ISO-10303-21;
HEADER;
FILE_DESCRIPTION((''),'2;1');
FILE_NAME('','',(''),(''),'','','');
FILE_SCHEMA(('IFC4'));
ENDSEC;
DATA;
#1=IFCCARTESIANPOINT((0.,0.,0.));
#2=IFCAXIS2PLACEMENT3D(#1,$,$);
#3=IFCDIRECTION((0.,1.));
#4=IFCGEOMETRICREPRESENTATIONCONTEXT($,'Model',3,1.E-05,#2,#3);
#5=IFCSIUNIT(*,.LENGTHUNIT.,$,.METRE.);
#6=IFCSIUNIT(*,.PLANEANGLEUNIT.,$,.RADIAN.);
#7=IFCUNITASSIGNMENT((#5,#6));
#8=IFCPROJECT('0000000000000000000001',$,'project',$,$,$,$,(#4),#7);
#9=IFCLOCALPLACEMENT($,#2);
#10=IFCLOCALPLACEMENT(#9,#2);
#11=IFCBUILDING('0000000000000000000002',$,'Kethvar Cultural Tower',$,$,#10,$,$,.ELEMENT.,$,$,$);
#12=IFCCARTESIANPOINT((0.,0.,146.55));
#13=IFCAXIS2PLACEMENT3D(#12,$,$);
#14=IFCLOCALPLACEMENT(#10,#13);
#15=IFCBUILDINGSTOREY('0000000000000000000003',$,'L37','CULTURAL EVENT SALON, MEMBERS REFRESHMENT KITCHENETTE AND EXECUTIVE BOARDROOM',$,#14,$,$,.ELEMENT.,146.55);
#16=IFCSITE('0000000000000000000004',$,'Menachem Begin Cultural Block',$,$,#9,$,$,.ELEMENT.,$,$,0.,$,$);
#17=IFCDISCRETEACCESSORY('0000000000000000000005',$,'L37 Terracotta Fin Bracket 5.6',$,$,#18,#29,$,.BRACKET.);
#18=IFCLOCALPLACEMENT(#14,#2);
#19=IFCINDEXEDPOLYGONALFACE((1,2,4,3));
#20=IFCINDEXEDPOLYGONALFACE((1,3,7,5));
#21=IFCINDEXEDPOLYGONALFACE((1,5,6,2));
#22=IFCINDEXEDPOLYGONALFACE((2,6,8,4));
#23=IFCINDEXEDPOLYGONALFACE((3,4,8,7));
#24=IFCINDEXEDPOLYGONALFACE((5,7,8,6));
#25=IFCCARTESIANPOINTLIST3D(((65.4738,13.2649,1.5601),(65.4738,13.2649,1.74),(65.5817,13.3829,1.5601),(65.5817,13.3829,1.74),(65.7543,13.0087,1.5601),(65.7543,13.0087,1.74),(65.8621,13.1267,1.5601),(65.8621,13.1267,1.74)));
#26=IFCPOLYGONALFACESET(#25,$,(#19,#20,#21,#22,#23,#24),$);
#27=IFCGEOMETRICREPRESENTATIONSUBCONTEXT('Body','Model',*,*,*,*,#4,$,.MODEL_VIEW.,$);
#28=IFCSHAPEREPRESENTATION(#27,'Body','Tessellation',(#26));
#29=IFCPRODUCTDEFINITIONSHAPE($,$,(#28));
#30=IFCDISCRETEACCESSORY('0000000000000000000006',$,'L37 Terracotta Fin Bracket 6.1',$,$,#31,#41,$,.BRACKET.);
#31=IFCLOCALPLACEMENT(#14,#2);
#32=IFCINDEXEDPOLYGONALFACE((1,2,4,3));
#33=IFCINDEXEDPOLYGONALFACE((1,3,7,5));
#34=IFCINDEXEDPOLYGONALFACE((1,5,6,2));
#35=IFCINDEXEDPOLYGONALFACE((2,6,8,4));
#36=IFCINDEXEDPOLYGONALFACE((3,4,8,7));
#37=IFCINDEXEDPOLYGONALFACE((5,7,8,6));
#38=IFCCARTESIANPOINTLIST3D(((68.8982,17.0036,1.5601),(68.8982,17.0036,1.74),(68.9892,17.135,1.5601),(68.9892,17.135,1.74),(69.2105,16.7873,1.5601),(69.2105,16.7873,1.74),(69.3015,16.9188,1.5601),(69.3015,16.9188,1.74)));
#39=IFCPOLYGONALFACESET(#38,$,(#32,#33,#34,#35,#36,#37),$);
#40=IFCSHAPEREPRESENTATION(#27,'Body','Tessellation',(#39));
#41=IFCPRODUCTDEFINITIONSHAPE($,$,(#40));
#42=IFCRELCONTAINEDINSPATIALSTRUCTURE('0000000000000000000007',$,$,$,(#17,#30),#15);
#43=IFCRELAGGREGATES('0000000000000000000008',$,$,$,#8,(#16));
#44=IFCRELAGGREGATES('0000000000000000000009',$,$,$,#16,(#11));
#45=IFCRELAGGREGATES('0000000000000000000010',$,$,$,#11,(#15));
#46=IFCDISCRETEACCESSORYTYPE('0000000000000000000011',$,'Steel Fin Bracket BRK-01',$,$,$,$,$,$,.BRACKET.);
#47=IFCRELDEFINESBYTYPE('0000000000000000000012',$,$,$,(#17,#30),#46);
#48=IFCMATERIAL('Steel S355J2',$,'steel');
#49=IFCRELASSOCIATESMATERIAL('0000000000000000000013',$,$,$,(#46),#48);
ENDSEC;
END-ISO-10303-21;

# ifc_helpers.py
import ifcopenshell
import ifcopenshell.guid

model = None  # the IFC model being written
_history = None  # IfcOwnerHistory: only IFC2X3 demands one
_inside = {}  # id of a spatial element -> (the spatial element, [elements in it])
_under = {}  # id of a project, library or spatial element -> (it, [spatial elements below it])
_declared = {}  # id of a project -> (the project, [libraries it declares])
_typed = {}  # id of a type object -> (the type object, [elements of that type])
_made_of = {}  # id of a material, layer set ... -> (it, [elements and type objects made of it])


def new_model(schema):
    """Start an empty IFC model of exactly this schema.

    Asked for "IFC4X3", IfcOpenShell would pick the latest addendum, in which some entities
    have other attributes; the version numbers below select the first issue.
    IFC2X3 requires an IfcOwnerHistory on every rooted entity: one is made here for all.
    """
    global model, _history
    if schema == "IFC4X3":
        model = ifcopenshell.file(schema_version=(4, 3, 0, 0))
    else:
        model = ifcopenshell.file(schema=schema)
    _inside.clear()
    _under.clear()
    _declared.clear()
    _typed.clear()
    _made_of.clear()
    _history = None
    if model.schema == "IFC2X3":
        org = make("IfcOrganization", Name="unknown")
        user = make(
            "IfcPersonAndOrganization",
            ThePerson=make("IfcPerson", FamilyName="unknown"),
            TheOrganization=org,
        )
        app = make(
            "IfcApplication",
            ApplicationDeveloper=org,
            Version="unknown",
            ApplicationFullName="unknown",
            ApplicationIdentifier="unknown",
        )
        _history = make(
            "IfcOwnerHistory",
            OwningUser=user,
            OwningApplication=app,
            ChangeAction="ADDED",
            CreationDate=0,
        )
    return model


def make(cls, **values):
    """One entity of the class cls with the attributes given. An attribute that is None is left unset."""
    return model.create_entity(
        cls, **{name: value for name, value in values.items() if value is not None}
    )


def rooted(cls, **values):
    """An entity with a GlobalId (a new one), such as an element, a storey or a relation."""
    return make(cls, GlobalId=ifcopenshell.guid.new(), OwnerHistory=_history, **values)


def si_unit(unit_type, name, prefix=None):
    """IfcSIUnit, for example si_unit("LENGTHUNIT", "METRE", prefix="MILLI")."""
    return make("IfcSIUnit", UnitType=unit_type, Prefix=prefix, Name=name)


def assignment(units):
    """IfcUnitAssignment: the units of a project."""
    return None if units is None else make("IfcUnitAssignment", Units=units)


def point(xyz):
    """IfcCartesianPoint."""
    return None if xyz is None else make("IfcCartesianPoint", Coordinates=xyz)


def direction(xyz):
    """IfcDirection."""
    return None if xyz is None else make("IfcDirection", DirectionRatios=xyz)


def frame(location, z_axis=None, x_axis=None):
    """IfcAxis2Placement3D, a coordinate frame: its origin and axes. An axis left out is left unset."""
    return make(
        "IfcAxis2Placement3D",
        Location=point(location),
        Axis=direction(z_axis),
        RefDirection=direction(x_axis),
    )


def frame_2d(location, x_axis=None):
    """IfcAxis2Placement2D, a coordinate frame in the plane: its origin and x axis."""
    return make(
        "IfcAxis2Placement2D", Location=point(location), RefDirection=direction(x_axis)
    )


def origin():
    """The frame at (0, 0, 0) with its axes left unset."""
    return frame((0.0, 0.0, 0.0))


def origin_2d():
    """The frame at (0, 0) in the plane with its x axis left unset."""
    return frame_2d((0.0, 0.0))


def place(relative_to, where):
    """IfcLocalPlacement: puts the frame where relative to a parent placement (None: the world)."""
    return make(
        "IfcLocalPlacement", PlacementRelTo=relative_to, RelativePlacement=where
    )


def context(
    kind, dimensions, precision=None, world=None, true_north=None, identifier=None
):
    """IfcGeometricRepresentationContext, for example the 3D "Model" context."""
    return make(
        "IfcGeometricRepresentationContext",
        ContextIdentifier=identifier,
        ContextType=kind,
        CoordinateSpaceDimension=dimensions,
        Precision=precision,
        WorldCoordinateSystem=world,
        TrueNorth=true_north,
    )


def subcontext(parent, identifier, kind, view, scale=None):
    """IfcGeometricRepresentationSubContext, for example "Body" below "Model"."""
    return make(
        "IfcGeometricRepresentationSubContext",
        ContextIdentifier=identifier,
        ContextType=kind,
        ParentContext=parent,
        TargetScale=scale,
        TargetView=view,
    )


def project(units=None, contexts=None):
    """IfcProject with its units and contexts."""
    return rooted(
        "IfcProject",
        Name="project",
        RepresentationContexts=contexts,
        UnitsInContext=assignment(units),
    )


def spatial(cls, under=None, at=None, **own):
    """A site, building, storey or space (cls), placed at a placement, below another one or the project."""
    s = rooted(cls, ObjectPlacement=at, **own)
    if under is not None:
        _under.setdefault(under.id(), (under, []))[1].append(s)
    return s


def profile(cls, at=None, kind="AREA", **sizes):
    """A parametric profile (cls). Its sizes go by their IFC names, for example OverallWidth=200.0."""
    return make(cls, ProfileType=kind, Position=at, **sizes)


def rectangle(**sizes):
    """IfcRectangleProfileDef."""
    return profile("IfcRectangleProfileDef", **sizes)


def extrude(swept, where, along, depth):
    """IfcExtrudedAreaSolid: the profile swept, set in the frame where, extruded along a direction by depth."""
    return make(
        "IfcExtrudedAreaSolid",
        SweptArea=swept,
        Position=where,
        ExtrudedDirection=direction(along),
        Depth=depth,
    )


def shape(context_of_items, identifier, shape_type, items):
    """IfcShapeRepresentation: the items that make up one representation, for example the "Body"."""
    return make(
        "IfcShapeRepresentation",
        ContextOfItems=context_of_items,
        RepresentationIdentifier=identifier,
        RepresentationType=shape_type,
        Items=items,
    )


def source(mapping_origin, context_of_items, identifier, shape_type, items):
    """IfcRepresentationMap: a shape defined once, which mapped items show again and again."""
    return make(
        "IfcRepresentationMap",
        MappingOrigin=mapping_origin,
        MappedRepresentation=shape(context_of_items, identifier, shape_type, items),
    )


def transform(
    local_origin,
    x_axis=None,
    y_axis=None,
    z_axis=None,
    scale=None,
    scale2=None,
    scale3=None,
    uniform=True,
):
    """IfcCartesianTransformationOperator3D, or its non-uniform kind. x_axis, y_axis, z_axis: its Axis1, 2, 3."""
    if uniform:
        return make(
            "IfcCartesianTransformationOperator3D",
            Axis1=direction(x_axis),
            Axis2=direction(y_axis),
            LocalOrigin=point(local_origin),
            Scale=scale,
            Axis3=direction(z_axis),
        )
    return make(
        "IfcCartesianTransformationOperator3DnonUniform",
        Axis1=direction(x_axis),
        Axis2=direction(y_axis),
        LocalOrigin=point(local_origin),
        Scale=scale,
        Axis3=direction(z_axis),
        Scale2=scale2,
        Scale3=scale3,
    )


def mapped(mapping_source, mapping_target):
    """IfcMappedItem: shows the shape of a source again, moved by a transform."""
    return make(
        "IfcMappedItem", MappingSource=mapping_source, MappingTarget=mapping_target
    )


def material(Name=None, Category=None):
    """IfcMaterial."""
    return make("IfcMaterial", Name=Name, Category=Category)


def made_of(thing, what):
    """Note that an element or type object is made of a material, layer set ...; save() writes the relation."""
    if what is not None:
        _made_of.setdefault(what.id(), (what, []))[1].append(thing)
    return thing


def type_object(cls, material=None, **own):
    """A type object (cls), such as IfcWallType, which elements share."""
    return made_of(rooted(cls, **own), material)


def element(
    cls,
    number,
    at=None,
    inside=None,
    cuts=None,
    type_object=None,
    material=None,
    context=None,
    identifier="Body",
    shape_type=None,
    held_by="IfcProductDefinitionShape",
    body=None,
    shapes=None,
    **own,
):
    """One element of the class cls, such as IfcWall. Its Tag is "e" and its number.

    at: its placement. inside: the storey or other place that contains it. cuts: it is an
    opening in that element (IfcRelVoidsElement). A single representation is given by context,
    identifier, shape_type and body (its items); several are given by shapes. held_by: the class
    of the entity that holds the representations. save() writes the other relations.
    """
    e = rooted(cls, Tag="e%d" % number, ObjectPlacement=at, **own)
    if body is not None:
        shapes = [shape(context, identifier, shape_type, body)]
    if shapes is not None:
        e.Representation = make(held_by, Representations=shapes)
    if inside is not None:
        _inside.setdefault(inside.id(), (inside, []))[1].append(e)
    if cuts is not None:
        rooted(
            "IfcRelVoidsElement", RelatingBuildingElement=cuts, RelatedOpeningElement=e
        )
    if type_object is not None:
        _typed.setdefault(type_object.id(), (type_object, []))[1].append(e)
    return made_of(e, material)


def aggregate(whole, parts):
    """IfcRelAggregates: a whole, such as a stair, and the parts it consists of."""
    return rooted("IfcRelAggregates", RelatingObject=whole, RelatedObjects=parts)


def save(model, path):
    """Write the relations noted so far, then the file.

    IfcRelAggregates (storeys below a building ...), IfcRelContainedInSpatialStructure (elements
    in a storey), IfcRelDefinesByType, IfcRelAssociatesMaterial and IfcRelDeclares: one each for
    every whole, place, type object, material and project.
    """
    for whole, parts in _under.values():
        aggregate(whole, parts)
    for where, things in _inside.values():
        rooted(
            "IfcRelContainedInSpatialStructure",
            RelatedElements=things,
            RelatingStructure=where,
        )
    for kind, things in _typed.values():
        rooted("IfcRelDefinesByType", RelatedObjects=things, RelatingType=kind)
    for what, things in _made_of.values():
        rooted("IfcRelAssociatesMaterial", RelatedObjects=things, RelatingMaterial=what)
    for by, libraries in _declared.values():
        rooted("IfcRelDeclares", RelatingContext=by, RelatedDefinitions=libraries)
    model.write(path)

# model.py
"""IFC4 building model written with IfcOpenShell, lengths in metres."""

from ifc_helpers import new_model, si_unit, direction, frame, origin, origin_2d, place, context, subcontext, project, spatial, rectangle, extrude, source, transform, mapped, material, type_object, element, save


model = new_model("IFC4")

# Units and contexts
model_context = context("Model", 3, precision=1e-05, world=origin(), true_north=direction((0.0, 1.0)))
body_context = subcontext(model_context, "Body", "Model", "MODEL_VIEW")
ifc_project = project(units=[si_unit("LENGTHUNIT", "METRE"), si_unit("PLANEANGLEUNIT", "RADIAN")], contexts=[model_context])

# Site, building, storey
site_placement = place(None, origin())
site = spatial("IfcSite", under=ifc_project, at=site_placement, Name="Menachem Begin Cultural Block", CompositionType="ELEMENT", RefElevation=0.0)
building_placement = place(site_placement, origin())
building = spatial("IfcBuilding", under=site, at=building_placement, Name="Kethvar Cultural Tower", CompositionType="ELEMENT")
storey_placement = place(building_placement, frame((0.0, 0.0, 146.55)))
storey = spatial("IfcBuildingStorey", under=building, at=storey_placement, Name="L37", Description="CULTURAL EVENT SALON, MEMBERS REFRESHMENT KITCHENETTE AND EXECUTIVE BOARDROOM", CompositionType="ELEMENT", Elevation=146.55)

# Shared definitions
ifc_material_1 = material(Name="Steel S355J2", Category="steel")

# Discrete accessories
discrete_accessory_type = type_object("IfcDiscreteAccessoryType", Name="Steel Fin Bracket BRK-01", PredefinedType="BRACKET", material=ifc_material_1)
shared_shape_1 = source(origin(), body_context, "Body", "SweptSolid", [
    extrude(rectangle(XDim=0.3799, YDim=0.1599, at=origin_2d()), origin(), (0.0, 0.0, 1.0), 0.1799),
])
for number, where, z_axis, x_axis, name in (
    (1, (65.668, 13.1958, 1.5601), (0.0, 0.0, 1.0), (0.738338, -0.674431, 0.0), "L37 Terracotta Fin Bracket 5.6"),
    (2, (69.0999, 16.9612, 1.5601), (0.0, 0.0, 1.0), (0.822144, -0.56928, 0.0), "L37 Terracotta Fin Bracket 6.1"),
):
    element("IfcDiscreteAccessory", number, at=place(storey_placement, frame(where, z_axis=z_axis, x_axis=x_axis)), inside=storey, type_object=discrete_accessory_type, Name=name, PredefinedType="BRACKET", context=body_context, shape_type="MappedRepresentation", body=[
        mapped(shared_shape_1, transform((0.0, 0.0, 0.0), scale=1.0)),
    ])

save(model, "model.ifc")
